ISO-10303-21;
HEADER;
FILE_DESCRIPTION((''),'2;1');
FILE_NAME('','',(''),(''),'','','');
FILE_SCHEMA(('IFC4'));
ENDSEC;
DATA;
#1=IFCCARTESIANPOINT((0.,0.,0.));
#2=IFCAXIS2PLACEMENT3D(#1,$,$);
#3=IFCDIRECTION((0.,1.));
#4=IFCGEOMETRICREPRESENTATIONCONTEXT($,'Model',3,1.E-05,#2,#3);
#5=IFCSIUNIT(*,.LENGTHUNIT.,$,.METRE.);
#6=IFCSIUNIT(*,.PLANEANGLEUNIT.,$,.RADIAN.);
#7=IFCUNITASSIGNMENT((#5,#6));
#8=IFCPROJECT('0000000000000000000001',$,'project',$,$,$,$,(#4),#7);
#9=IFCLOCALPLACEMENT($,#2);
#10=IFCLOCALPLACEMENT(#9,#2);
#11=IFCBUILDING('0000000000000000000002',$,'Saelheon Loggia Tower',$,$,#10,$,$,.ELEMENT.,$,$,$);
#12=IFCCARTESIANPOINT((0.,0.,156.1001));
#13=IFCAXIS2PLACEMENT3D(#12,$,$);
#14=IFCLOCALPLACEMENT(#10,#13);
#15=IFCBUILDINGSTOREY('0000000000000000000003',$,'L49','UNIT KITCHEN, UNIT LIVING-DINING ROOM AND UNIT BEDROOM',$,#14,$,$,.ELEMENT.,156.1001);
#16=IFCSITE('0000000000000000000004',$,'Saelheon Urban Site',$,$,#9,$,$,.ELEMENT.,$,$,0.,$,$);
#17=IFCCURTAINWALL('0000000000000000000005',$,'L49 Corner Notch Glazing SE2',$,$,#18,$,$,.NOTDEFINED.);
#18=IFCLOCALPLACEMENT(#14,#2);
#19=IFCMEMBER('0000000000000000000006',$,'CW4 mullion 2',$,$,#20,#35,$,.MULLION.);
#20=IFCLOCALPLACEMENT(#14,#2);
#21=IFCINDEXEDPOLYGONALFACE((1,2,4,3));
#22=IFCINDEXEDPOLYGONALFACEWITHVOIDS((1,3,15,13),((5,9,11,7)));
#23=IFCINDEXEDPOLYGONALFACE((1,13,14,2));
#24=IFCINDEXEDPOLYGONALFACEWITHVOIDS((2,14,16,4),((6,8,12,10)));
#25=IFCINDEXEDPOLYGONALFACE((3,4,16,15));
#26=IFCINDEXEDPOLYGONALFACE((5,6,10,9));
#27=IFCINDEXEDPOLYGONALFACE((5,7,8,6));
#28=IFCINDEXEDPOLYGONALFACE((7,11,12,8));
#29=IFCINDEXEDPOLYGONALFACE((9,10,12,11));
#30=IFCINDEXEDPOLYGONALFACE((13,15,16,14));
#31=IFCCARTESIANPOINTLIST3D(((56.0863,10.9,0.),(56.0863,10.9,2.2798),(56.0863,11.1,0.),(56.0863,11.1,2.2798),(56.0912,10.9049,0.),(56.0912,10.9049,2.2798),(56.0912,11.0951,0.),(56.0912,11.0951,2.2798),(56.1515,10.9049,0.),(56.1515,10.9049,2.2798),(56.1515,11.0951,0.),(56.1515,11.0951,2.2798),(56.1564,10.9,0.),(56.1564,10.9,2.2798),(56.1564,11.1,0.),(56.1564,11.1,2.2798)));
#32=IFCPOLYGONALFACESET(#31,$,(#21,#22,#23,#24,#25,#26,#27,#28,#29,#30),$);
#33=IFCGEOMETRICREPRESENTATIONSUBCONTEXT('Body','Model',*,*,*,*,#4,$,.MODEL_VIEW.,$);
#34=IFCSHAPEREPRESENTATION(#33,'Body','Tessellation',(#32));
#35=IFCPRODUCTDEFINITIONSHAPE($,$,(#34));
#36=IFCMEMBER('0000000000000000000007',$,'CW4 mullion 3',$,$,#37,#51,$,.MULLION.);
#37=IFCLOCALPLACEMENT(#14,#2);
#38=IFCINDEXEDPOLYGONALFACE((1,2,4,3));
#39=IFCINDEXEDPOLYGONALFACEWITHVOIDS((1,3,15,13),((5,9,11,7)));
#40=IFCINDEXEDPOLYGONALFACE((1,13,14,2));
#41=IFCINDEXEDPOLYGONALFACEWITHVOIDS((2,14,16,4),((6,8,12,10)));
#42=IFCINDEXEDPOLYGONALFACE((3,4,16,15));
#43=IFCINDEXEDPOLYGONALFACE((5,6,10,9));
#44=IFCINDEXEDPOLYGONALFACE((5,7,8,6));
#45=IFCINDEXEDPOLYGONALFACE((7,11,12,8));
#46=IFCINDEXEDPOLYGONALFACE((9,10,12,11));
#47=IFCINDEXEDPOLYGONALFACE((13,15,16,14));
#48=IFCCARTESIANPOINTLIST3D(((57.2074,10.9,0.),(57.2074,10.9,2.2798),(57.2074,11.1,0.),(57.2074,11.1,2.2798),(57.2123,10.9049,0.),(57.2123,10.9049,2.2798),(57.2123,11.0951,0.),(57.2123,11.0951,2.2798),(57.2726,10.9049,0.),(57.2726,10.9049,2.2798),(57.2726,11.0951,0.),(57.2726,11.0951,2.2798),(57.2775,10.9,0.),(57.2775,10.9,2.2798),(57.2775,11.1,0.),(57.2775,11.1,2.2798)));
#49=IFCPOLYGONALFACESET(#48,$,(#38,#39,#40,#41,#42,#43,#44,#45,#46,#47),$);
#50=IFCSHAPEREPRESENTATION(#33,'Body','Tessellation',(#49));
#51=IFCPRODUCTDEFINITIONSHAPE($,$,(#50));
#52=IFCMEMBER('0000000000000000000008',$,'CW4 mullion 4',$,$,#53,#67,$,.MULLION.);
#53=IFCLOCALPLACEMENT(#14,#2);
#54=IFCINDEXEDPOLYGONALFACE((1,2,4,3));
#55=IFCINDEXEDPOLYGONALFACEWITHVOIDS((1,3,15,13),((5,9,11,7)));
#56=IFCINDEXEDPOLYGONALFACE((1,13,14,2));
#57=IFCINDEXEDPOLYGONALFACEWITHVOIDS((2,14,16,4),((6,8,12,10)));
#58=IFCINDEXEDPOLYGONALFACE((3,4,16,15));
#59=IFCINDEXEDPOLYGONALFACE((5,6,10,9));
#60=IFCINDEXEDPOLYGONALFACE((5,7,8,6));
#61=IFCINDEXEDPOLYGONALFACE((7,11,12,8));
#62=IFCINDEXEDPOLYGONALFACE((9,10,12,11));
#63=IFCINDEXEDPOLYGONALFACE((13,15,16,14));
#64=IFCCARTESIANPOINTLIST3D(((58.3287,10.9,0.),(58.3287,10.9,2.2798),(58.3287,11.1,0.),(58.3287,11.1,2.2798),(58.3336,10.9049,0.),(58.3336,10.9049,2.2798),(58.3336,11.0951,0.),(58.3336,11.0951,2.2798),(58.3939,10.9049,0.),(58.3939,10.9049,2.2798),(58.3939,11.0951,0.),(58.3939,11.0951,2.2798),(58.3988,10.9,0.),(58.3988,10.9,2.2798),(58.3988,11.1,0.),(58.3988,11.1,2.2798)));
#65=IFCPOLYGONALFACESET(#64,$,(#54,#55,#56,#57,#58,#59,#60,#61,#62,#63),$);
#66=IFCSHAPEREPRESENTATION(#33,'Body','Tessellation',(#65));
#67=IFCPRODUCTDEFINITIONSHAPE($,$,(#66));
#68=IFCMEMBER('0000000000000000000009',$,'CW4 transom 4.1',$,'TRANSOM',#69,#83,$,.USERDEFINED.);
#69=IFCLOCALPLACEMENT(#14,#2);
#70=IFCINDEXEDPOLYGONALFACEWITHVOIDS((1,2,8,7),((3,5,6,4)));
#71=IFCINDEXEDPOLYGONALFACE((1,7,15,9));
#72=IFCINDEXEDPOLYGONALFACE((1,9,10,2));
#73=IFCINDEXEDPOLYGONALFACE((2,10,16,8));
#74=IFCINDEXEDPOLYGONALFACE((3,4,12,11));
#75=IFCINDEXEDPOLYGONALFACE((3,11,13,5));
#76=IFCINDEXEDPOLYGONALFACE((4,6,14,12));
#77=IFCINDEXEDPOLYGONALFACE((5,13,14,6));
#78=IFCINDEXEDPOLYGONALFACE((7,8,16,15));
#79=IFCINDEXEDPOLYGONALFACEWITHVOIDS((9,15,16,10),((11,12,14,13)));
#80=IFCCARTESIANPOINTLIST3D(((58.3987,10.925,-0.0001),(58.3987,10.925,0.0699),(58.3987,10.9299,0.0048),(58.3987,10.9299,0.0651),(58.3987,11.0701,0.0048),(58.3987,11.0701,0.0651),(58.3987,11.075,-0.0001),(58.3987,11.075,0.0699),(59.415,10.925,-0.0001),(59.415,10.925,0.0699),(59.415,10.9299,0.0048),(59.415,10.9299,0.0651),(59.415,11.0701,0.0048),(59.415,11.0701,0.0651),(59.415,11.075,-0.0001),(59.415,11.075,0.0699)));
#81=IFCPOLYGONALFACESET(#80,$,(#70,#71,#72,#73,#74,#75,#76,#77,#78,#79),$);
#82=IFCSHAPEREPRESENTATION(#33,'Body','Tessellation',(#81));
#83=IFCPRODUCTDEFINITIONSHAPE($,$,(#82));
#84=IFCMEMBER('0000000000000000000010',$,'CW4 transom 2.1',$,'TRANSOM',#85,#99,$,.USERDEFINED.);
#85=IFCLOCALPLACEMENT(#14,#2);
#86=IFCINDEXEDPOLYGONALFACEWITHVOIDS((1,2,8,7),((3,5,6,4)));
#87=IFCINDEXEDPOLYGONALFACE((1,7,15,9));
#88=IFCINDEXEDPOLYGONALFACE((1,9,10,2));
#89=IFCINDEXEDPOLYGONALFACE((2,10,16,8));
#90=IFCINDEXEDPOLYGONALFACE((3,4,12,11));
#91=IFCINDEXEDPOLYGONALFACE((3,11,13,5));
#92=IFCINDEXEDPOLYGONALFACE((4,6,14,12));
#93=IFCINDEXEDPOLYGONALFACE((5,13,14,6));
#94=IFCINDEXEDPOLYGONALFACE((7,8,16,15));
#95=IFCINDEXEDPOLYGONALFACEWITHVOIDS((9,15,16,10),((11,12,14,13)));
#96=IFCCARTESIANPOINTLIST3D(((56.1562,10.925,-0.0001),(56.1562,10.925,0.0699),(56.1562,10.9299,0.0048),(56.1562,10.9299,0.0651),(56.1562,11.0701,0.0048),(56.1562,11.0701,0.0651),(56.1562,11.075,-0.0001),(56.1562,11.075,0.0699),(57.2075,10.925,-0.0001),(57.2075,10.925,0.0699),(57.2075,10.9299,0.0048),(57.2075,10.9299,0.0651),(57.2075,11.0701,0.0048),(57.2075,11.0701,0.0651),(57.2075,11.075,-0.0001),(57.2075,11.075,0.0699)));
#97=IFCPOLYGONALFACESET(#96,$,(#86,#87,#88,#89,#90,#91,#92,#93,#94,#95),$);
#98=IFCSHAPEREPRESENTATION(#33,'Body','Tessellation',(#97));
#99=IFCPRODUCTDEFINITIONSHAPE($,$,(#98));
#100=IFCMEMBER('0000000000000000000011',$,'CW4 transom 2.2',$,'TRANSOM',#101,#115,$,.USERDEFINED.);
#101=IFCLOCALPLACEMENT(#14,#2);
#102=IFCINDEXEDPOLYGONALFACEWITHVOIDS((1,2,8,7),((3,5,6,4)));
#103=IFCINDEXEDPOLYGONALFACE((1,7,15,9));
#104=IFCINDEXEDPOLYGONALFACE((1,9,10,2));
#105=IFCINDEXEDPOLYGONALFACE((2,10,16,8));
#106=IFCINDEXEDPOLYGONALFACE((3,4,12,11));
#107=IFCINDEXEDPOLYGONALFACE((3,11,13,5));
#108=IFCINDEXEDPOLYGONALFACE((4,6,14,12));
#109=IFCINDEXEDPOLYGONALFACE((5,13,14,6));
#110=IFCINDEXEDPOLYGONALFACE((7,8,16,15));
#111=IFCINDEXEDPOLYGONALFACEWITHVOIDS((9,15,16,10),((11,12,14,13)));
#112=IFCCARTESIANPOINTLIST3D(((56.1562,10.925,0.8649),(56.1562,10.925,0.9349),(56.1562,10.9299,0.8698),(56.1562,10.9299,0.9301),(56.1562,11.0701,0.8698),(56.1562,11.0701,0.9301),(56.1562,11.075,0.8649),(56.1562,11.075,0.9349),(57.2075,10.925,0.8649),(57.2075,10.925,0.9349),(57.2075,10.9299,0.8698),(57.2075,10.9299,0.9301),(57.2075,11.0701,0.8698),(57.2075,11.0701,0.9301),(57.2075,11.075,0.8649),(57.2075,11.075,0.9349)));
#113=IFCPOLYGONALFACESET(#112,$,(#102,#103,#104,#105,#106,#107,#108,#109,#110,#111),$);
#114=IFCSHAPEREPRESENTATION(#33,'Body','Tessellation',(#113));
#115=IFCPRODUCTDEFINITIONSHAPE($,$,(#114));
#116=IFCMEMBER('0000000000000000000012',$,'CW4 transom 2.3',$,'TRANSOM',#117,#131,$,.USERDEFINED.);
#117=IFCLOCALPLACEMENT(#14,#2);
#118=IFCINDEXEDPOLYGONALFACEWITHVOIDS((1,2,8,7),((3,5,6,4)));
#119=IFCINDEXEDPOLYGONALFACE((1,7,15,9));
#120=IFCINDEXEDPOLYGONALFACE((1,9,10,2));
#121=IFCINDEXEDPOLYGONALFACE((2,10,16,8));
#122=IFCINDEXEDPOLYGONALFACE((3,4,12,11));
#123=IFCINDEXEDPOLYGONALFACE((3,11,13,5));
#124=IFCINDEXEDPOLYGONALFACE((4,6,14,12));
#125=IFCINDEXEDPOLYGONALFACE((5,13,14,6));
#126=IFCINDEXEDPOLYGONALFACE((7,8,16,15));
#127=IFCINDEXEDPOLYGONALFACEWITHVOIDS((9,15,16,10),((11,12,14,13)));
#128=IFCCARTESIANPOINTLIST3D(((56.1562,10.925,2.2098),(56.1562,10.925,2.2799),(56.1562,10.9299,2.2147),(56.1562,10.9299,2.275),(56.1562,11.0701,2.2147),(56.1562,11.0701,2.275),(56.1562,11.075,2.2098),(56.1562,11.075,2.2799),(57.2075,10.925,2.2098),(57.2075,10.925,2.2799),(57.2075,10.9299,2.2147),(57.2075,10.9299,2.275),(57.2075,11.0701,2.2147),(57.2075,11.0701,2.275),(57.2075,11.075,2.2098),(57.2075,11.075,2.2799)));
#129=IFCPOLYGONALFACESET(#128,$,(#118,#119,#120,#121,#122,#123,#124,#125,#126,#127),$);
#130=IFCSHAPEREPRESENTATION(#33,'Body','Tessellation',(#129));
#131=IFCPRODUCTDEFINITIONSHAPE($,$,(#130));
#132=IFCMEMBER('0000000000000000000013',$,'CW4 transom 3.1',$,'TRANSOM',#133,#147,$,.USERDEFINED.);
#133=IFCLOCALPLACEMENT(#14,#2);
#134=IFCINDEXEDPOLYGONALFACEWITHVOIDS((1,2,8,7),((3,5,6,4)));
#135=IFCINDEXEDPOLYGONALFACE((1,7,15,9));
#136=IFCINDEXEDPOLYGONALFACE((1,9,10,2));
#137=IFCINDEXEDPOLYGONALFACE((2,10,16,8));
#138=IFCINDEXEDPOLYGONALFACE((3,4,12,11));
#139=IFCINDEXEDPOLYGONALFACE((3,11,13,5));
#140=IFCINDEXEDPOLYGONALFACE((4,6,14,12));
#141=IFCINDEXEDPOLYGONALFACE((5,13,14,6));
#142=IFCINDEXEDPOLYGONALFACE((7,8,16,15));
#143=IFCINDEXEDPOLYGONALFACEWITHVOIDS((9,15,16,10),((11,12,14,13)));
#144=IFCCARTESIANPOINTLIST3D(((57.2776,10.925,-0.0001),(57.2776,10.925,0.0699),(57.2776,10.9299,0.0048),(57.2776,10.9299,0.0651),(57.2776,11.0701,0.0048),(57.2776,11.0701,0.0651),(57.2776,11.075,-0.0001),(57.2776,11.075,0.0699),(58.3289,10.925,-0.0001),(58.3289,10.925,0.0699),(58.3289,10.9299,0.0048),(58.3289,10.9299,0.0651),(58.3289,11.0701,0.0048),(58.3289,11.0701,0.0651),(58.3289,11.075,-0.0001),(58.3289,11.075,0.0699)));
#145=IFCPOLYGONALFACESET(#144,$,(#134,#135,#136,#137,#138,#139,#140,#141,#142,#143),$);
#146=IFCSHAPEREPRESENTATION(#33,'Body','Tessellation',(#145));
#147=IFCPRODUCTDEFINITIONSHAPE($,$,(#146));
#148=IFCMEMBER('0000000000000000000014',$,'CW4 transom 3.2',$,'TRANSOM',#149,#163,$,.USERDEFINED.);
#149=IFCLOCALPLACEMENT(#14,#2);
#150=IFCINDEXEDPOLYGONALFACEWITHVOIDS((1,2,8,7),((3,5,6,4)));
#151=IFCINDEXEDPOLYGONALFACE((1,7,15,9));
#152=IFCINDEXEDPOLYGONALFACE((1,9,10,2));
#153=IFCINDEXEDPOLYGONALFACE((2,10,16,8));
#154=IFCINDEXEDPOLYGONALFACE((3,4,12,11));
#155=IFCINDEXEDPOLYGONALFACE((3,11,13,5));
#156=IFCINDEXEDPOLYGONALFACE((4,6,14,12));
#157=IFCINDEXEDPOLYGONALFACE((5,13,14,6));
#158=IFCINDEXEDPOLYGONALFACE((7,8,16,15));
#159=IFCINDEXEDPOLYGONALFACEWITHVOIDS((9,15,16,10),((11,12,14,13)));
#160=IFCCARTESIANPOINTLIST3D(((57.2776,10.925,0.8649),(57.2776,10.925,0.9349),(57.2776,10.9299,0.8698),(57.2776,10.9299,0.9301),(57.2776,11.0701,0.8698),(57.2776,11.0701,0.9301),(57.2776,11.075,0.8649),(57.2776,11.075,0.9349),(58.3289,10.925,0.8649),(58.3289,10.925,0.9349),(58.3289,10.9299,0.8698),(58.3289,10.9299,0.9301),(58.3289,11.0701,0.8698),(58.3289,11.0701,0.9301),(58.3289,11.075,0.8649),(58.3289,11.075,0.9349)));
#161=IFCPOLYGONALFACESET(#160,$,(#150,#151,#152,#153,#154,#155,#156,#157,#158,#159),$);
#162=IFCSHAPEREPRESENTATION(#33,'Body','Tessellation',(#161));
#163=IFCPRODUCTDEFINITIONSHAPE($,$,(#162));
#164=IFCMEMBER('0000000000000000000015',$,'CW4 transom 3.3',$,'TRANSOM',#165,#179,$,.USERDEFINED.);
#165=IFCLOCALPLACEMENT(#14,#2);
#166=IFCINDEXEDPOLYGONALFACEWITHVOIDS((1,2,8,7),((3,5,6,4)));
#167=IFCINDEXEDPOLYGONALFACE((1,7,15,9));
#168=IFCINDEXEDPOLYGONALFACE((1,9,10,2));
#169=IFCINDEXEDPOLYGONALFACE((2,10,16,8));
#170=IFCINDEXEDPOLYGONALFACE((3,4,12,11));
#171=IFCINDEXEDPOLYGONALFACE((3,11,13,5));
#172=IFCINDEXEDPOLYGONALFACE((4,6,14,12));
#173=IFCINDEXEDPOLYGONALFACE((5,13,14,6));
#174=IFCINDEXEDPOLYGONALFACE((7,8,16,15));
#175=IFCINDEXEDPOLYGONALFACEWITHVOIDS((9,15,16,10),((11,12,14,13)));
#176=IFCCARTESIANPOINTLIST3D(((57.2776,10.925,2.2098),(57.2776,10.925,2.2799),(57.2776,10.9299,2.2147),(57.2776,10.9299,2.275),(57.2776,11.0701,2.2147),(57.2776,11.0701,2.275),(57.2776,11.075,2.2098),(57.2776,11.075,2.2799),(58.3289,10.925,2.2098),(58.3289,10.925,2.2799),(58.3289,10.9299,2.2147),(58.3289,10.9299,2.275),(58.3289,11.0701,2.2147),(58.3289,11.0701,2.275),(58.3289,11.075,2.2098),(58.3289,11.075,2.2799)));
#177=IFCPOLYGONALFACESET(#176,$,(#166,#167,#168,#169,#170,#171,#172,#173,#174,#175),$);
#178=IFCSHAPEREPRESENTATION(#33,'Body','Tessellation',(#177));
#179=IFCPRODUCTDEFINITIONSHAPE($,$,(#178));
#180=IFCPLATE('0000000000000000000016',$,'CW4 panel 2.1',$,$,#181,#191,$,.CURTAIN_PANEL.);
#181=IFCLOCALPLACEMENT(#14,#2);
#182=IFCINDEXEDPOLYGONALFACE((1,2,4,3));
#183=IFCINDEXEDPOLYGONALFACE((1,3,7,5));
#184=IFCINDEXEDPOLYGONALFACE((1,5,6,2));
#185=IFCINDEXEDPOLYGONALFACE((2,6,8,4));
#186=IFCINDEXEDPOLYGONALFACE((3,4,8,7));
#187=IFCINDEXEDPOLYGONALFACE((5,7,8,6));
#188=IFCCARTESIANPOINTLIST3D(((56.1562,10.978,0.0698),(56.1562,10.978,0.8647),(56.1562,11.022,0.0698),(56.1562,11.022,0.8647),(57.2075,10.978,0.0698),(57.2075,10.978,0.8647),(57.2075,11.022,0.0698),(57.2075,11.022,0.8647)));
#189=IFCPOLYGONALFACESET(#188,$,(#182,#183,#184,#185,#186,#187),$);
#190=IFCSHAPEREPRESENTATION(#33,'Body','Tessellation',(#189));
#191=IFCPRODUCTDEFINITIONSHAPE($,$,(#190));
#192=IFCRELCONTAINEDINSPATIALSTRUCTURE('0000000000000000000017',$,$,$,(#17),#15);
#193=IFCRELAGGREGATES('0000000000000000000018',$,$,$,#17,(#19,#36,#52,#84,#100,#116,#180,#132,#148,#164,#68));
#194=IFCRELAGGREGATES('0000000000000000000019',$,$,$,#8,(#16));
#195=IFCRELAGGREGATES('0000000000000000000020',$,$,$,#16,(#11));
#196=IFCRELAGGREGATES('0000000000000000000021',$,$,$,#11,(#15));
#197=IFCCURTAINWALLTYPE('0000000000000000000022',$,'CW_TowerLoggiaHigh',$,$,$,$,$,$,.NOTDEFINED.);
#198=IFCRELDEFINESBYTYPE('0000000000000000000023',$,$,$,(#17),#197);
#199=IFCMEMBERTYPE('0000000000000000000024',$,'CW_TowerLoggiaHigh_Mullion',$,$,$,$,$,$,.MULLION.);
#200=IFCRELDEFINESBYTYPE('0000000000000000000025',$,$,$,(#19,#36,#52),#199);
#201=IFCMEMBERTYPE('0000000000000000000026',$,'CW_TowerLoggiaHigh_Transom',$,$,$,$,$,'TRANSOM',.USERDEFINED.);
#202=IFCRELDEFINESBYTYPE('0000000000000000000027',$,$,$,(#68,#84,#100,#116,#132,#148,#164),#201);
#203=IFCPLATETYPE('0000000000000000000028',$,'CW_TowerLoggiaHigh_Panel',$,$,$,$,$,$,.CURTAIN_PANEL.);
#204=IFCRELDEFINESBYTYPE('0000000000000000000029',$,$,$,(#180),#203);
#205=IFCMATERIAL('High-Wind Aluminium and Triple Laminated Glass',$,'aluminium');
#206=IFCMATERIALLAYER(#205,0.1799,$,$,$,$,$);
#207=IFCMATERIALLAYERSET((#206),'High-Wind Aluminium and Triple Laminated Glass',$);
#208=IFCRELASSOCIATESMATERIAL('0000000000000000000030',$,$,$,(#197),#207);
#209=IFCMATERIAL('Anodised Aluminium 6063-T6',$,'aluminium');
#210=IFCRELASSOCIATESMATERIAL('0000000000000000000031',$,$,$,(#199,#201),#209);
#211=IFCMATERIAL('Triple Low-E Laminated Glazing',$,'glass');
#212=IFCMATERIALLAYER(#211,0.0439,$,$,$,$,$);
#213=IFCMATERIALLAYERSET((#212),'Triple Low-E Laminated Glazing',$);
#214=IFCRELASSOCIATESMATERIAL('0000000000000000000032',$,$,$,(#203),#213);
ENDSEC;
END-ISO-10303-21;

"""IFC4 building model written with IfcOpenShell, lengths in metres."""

from ifc_helpers import new_model, si_unit, direction, frame, origin, origin_2d, place, context, subcontext, project, spatial, rectangle, hollow_rectangle, extrude, source, transform, mapped, material, layer, layer_set, material_profile, profile_set, type_object, element, aggregate, save


model = new_model("IFC4")

# Units and contexts
model_context = context("Model", 3, precision=1e-05, world=origin(), true_north=direction((0.0, 1.0)))
body_context = subcontext(model_context, "Body", "Model", "MODEL_VIEW")
ifc_project = project(units=[si_unit("LENGTHUNIT", "METRE"), si_unit("PLANEANGLEUNIT", "RADIAN")], contexts=[model_context])

# Site, building, storey
site_placement = place(None, origin())
site = spatial("IfcSite", under=ifc_project, at=site_placement, Name="Saelheon Urban Site", CompositionType="ELEMENT", RefElevation=0.0)
building_placement = place(site_placement, origin())
building = spatial("IfcBuilding", under=site, at=building_placement, Name="Saelheon Loggia Tower", CompositionType="ELEMENT")
storey_placement = place(building_placement, frame((0.0, 0.0, 156.1001)))
storey = spatial("IfcBuildingStorey", under=building, at=storey_placement, Name="L49", Description="UNIT KITCHEN, UNIT LIVING-DINING ROOM AND UNIT BEDROOM", CompositionType="ELEMENT", Elevation=156.1001)

# Curtain wall, members, plate
ifc_material_1 = material(Name="High-Wind Aluminium and Triple Laminated Glass", Category="aluminium")
ifc_layer_1 = layer(ifc_material_1, 0.1799)
ifc_layer_set_1 = layer_set([ifc_layer_1], Name="High-Wind Aluminium and Triple Laminated Glass")
curtain_wall_type = type_object("IfcCurtainWallType", Name="CW_TowerLoggiaHigh", PredefinedType="NOTDEFINED", material=ifc_layer_set_1)
curtain_wall_placement = place(storey_placement, origin())
curtain_wall = element("IfcCurtainWall", 1, at=curtain_wall_placement, inside=storey, type_object=curtain_wall_type, Name="L49 Corner Notch Glazing SE2", PredefinedType="NOTDEFINED")
ifc_material_2 = material(Name="Anodised Aluminium 6063-T6", Category="aluminium")
ifc_material_profile_1 = material_profile(ifc_material_2, hollow_rectangle(XDim=0.0701, YDim=0.2, WallThickness=0.0049, at=origin_2d()), Name="RHS-200x70x5")
ifc_profile_set_1 = profile_set([ifc_material_profile_1], Name="Anodised Aluminium 6063-T6")
member_type_1 = type_object("IfcMemberType", Name="CW_TowerLoggiaHigh_Mullion", PredefinedType="MULLION", material=ifc_profile_set_1)
shared_shape_1 = source(origin(), body_context, "Body", "SweptSolid", [
    extrude(hollow_rectangle(XDim=0.0701, YDim=0.2, WallThickness=0.0049, at=origin_2d()), origin(), (0.0, 0.0, 1.0), 2.2798),
])
member_1_placement = place(storey_placement, frame((56.1213, 11.0, 0.0), z_axis=(0.0, 0.0, 1.0), x_axis=(1.0, 0.0, 0.0)))
member_1 = element("IfcMember", 2, at=member_1_placement, type_object=member_type_1, Name="CW4 mullion 2", PredefinedType="MULLION", context=body_context, shape_type="MappedRepresentation", body=[
    mapped(shared_shape_1, transform((0.0, 0.0, 0.0), scale=1.0)),
])
member_2_placement = place(storey_placement, frame((57.2424, 11.0, 0.0), z_axis=(0.0, 0.0, 1.0), x_axis=(1.0, 0.0, 0.0)))
member_2 = element("IfcMember", 3, at=member_2_placement, type_object=member_type_1, Name="CW4 mullion 3", PredefinedType="MULLION", context=body_context, shape_type="MappedRepresentation", body=[
    mapped(shared_shape_1, transform((0.0, 0.0, 0.0), scale=1.0)),
])
member_3_placement = place(storey_placement, frame((58.3638, 11.0, 0.0), z_axis=(0.0, 0.0, 1.0), x_axis=(1.0, 0.0, 0.0)))
member_3 = element("IfcMember", 4, at=member_3_placement, type_object=member_type_1, Name="CW4 mullion 4", PredefinedType="MULLION", context=body_context, shape_type="MappedRepresentation", body=[
    mapped(shared_shape_1, transform((0.0, 0.0, 0.0), scale=1.0)),
])
ifc_material_profile_2 = material_profile(ifc_material_2, hollow_rectangle(XDim=0.0701, YDim=0.1499, WallThickness=0.0049, at=origin_2d()), Name="RHS-150x70x5")
ifc_profile_set_2 = profile_set([ifc_material_profile_2], Name="Anodised Aluminium 6063-T6")
member_type_2 = type_object("IfcMemberType", Name="CW_TowerLoggiaHigh_Transom", ElementType="TRANSOM", PredefinedType="USERDEFINED", material=ifc_profile_set_2)
shared_shape_2 = source(origin(), body_context, "Body", "SweptSolid", [
    extrude(hollow_rectangle(XDim=0.0701, YDim=0.1499, WallThickness=0.0049, at=origin_2d()), origin(), (0.0, 0.0, 1.0), 1.0164),
])
member_4_placement = place(storey_placement, frame((58.3987, 11.0, 0.0349), z_axis=(1.0, 0.0, 0.0), x_axis=(0.0, 0.0, 1.0)))
member_4 = element("IfcMember", 5, at=member_4_placement, type_object=member_type_2, Name="CW4 transom 4.1", ObjectType="TRANSOM", PredefinedType="USERDEFINED", context=body_context, shape_type="MappedRepresentation", body=[
    mapped(shared_shape_2, transform((0.0, 0.0, 0.0), scale=1.0)),
])
shared_shape_3 = source(origin(), body_context, "Body", "SweptSolid", [
    extrude(hollow_rectangle(XDim=0.0701, YDim=0.1499, WallThickness=0.0049, at=origin_2d()), origin(), (0.0, 0.0, 1.0), 1.0513),
])
member_5_placement = place(storey_placement, frame((56.1562, 11.0, 0.0349), z_axis=(1.0, 0.0, 0.0), x_axis=(0.0, 0.0, 1.0)))
member_5 = element("IfcMember", 6, at=member_5_placement, type_object=member_type_2, Name="CW4 transom 2.1", ObjectType="TRANSOM", PredefinedType="USERDEFINED", context=body_context, shape_type="MappedRepresentation", body=[
    mapped(shared_shape_3, transform((0.0, 0.0, 0.0), scale=1.0)),
])
member_6_placement = place(storey_placement, frame((56.1562, 11.0, 0.8999), z_axis=(1.0, 0.0, 0.0), x_axis=(0.0, 0.0, 1.0)))
member_6 = element("IfcMember", 7, at=member_6_placement, type_object=member_type_2, Name="CW4 transom 2.2", ObjectType="TRANSOM", PredefinedType="USERDEFINED", context=body_context, shape_type="MappedRepresentation", body=[
    mapped(shared_shape_3, transform((0.0, 0.0, 0.0), scale=1.0)),
])
member_7_placement = place(storey_placement, frame((56.1562, 11.0, 2.2449), z_axis=(1.0, 0.0, 0.0), x_axis=(0.0, 0.0, 1.0)))
member_7 = element("IfcMember", 8, at=member_7_placement, type_object=member_type_2, Name="CW4 transom 2.3", ObjectType="TRANSOM", PredefinedType="USERDEFINED", context=body_context, shape_type="MappedRepresentation", body=[
    mapped(shared_shape_3, transform((0.0, 0.0, 0.0), scale=1.0)),
])
member_8_placement = place(storey_placement, frame((57.2776, 11.0, 0.0349), z_axis=(1.0, 0.0, 0.0), x_axis=(0.0, 0.0, 1.0)))
member_8 = element("IfcMember", 9, at=member_8_placement, type_object=member_type_2, Name="CW4 transom 3.1", ObjectType="TRANSOM", PredefinedType="USERDEFINED", context=body_context, shape_type="MappedRepresentation", body=[
    mapped(shared_shape_3, transform((0.0, 0.0, 0.0), scale=1.0)),
])
member_9_placement = place(storey_placement, frame((57.2776, 11.0, 0.8999), z_axis=(1.0, 0.0, 0.0), x_axis=(0.0, 0.0, 1.0)))
member_9 = element("IfcMember", 10, at=member_9_placement, type_object=member_type_2, Name="CW4 transom 3.2", ObjectType="TRANSOM", PredefinedType="USERDEFINED", context=body_context, shape_type="MappedRepresentation", body=[
    mapped(shared_shape_3, transform((0.0, 0.0, 0.0), scale=1.0)),
])
member_10_placement = place(storey_placement, frame((57.2776, 11.0, 2.2449), z_axis=(1.0, 0.0, 0.0), x_axis=(0.0, 0.0, 1.0)))
member_10 = element("IfcMember", 11, at=member_10_placement, type_object=member_type_2, Name="CW4 transom 3.3", ObjectType="TRANSOM", PredefinedType="USERDEFINED", context=body_context, shape_type="MappedRepresentation", body=[
    mapped(shared_shape_3, transform((0.0, 0.0, 0.0), scale=1.0)),
])
ifc_material_3 = material(Name="Triple Low-E Laminated Glazing", Category="glass")
ifc_layer_2 = layer(ifc_material_3, 0.0439)
ifc_layer_set_2 = layer_set([ifc_layer_2], Name="Triple Low-E Laminated Glazing")
plate_type = type_object("IfcPlateType", Name="CW_TowerLoggiaHigh_Panel", PredefinedType="CURTAIN_PANEL", material=ifc_layer_set_2)
shared_shape_4 = source(origin(), body_context, "Body", "SweptSolid", [
    extrude(rectangle(XDim=1.0513, YDim=0.0439, at=origin_2d()), origin(), (0.0, 0.0, 1.0), 0.7949),
])
plate_1_placement = place(storey_placement, frame((56.6819, 11.0, 0.0698), z_axis=(0.0, 0.0, 1.0), x_axis=(1.0, 0.0, 0.0)))
plate_1 = element("IfcPlate", 12, at=plate_1_placement, type_object=plate_type, Name="CW4 panel 2.1", PredefinedType="CURTAIN_PANEL", context=body_context, shape_type="MappedRepresentation", body=[
    mapped(shared_shape_4, transform((0.0, 0.0, 0.0), scale=1.0)),
])
aggregate(curtain_wall, [member_1, member_2, member_3, member_5, member_6, member_7, plate_1, member_8, member_9, member_10, member_4])

save(model, "model.ifc")
